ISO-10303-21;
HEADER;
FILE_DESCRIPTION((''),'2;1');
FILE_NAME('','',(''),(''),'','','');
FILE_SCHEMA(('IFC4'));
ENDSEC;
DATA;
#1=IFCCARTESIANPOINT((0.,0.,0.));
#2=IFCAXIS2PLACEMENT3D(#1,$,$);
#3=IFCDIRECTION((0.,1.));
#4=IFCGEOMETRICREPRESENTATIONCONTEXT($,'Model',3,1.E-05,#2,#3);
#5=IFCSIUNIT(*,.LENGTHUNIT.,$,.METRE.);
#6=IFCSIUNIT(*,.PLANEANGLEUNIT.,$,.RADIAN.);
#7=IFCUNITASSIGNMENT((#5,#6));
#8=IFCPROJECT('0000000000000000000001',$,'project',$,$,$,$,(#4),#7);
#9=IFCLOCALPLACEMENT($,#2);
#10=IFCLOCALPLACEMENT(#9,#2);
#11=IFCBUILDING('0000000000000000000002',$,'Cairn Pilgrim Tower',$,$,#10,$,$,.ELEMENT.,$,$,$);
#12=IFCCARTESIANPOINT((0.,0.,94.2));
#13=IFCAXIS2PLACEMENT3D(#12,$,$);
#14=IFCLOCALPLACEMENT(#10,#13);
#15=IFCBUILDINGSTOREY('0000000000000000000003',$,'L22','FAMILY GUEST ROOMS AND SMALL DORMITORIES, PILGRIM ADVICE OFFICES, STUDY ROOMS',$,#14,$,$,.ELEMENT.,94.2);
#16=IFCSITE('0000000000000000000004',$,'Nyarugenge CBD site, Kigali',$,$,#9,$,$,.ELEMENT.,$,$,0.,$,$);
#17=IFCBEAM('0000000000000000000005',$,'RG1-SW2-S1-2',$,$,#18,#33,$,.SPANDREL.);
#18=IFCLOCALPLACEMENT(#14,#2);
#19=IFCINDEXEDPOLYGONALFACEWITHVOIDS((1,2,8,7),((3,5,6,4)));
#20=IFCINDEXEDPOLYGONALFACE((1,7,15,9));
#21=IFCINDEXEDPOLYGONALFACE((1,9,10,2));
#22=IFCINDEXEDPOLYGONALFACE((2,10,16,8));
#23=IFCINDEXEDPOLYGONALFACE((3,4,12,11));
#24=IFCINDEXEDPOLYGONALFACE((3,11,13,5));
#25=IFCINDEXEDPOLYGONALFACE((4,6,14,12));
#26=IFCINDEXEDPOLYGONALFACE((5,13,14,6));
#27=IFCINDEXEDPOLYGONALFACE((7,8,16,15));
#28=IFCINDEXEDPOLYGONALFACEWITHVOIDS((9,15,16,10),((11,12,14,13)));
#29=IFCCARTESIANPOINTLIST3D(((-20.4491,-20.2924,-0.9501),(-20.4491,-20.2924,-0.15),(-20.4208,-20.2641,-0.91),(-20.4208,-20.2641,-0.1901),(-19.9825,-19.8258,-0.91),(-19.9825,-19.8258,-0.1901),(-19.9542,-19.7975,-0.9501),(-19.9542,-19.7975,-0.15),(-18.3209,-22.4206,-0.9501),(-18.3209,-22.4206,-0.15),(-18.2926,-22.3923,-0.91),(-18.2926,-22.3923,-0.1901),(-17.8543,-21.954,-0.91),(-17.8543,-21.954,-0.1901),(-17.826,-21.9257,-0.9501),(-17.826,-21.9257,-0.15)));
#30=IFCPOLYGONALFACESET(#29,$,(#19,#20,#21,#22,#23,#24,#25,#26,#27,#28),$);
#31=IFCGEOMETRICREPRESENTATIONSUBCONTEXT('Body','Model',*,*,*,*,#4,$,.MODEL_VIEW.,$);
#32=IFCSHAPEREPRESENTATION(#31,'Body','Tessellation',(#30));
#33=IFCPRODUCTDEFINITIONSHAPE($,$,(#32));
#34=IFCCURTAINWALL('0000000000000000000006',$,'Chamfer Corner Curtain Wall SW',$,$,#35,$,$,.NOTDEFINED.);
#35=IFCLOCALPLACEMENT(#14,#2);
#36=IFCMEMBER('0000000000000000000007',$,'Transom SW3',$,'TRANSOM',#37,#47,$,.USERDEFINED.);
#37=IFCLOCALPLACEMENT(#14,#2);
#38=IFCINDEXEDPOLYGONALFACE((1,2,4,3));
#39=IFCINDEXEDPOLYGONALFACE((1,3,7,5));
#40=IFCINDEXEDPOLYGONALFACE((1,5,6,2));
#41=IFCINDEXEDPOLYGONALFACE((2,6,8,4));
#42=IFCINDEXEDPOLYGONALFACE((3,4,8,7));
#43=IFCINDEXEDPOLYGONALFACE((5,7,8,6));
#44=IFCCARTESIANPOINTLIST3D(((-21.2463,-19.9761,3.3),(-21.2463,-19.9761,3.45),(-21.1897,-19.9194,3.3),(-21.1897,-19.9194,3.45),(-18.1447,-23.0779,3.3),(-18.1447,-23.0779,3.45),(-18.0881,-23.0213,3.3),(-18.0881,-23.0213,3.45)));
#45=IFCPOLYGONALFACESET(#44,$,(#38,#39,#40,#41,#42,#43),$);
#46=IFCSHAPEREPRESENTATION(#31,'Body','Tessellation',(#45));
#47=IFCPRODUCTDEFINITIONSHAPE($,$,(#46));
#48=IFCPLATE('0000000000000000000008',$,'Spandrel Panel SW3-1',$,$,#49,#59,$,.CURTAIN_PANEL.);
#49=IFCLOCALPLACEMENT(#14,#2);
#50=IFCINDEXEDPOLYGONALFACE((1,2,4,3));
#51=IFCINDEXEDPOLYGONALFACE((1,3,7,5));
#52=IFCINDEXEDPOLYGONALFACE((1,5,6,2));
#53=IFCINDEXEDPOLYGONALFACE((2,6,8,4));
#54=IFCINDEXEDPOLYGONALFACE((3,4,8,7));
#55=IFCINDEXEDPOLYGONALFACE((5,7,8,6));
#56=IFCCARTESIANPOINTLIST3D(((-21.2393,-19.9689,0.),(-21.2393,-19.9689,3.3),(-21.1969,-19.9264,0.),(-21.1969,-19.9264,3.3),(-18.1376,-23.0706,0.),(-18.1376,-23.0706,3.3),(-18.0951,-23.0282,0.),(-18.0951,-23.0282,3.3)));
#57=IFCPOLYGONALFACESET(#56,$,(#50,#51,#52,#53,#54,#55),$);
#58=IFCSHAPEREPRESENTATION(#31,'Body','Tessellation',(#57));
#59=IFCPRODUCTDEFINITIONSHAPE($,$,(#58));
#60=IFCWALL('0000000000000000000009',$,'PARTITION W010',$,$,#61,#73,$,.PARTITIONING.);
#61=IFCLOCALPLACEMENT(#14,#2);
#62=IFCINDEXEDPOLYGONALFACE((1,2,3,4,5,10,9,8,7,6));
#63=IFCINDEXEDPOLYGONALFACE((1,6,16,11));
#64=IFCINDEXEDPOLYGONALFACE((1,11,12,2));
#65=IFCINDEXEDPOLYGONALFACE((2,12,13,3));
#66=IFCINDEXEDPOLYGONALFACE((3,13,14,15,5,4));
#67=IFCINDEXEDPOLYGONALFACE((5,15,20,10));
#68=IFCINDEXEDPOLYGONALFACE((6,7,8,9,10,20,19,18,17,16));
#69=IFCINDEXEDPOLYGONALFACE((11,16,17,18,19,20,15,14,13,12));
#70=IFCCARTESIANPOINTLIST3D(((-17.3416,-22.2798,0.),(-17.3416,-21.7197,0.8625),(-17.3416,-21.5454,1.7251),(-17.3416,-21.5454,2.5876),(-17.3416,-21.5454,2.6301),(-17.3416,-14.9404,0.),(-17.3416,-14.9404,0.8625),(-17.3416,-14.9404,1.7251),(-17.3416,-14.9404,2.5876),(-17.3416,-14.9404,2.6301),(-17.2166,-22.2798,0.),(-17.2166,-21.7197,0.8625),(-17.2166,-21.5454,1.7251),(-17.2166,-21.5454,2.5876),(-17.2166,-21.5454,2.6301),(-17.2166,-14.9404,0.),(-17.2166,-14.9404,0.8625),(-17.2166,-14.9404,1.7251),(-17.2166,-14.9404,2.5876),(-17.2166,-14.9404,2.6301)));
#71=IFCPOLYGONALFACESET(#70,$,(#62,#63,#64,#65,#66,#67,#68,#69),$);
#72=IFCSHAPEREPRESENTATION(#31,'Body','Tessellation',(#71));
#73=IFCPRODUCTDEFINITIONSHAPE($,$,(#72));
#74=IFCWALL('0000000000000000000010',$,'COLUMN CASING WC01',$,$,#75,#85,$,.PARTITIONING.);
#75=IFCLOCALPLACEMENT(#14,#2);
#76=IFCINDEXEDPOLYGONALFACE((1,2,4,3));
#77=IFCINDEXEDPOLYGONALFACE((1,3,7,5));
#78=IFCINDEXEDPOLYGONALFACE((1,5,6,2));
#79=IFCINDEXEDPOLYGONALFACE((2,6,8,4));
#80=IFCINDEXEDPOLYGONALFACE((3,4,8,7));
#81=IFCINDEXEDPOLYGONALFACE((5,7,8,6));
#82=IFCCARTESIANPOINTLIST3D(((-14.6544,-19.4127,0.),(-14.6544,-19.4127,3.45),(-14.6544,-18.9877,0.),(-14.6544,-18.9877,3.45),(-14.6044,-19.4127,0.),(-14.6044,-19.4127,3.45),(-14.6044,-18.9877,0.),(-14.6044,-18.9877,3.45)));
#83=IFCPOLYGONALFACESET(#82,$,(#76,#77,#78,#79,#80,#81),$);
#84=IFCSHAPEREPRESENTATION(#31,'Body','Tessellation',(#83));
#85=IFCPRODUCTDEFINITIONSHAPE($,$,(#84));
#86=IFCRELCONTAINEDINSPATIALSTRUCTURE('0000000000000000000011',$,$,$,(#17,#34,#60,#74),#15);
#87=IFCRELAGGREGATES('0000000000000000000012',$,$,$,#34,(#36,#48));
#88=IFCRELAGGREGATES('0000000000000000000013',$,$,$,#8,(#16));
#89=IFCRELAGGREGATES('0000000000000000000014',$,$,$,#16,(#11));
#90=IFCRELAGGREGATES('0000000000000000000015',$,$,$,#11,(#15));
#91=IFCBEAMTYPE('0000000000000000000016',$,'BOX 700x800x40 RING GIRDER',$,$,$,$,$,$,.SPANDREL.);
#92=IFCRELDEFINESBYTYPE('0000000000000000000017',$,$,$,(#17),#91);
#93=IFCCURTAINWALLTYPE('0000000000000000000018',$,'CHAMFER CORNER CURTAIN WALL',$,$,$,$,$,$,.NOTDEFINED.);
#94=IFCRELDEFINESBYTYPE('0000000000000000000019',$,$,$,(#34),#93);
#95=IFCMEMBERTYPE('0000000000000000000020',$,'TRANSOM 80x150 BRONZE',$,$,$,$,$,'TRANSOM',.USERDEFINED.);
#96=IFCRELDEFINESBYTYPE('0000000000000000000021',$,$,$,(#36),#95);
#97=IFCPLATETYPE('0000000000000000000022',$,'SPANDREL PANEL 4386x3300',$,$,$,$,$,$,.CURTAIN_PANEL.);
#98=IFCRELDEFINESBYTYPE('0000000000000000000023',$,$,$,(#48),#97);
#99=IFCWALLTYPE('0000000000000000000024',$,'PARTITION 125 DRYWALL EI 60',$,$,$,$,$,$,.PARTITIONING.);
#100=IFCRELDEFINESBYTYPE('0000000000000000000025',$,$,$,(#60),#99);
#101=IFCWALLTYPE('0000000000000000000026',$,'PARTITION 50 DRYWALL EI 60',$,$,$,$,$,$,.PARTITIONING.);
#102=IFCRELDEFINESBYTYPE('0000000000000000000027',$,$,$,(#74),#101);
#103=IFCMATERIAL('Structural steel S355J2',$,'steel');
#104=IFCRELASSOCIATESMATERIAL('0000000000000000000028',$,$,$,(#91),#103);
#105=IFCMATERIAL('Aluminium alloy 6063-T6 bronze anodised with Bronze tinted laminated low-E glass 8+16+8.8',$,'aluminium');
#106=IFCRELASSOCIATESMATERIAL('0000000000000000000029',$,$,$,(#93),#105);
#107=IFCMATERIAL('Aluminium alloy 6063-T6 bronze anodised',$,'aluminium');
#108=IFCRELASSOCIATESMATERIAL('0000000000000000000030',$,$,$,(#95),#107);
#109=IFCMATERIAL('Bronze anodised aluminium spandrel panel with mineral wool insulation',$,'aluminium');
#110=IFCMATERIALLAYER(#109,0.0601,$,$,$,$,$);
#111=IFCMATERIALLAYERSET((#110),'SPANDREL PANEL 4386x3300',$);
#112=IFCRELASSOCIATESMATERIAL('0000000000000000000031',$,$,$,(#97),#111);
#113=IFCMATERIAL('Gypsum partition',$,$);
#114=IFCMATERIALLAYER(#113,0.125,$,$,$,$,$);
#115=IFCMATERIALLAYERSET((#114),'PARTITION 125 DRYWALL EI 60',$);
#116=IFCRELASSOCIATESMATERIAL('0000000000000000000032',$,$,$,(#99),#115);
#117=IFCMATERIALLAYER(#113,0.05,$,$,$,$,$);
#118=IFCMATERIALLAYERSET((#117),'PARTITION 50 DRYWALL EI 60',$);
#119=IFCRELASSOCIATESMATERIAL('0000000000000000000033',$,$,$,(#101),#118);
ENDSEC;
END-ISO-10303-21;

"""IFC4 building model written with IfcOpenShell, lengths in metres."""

from ifc_helpers import new_model, si_unit, direction, frame, frame_2d, origin, origin_2d, place, context, subcontext, project, spatial, polyline, rectangle, hollow_rectangle, outline, extrude, material, layer, layer_set, material_profile, profile_set, type_object, element, aggregate, save


model = new_model("IFC4")

# Units and contexts
model_context = context("Model", 3, precision=1e-05, world=origin(), true_north=direction((0.0, 1.0)))
body_context = subcontext(model_context, "Body", "Model", "MODEL_VIEW")
ifc_project = project(units=[si_unit("LENGTHUNIT", "METRE"), si_unit("PLANEANGLEUNIT", "RADIAN")], contexts=[model_context])

# Site, building, storey
site_placement = place(None, origin())
site = spatial("IfcSite", under=ifc_project, at=site_placement, Name="Nyarugenge CBD site, Kigali", CompositionType="ELEMENT", RefElevation=0.0)
building_placement = place(site_placement, origin())
building = spatial("IfcBuilding", under=site, at=building_placement, Name="Cairn Pilgrim Tower", CompositionType="ELEMENT")
storey_placement = place(building_placement, frame((0.0, 0.0, 94.2)))
storey = spatial("IfcBuildingStorey", under=building, at=storey_placement, Name="L22", Description="FAMILY GUEST ROOMS AND SMALL DORMITORIES, PILGRIM ADVICE OFFICES, STUDY ROOMS", CompositionType="ELEMENT", Elevation=94.2)

# Beam
ifc_material_1 = material(Name="Structural steel S355J2", Category="steel")
ifc_material_profile_1 = material_profile(ifc_material_1, hollow_rectangle(XDim=0.7, YDim=0.8, WallThickness=0.04, at=origin_2d()), Name="BOX 700x800x40")
ifc_profile_set_1 = profile_set([ifc_material_profile_1], Name="Structural steel S355J2")
beam_type = type_object("IfcBeamType", Name="BOX 700x800x40 RING GIRDER", PredefinedType="SPANDREL", material=ifc_profile_set_1)
beam_placement = place(storey_placement, frame((-20.2017, -20.0449, -0.55), z_axis=(0.707107, -0.707107, 0.0), x_axis=(0.707107, 0.707107, 0.0)))
element("IfcBeam", 1, at=beam_placement, inside=storey, type_object=beam_type, Name="RG1-SW2-S1-2", PredefinedType="SPANDREL", context=body_context, shape_type="SweptSolid", body=[
    extrude(hollow_rectangle(XDim=0.7, YDim=0.8, WallThickness=0.04, at=origin_2d()), origin(), (0.0, 0.0, 1.0), 3.0098),
])

# Curtain wall, member, plate
ifc_material_2 = material(Name="Aluminium alloy 6063-T6 bronze anodised with Bronze tinted laminated low-E glass 8+16+8.8", Category="aluminium")
curtain_wall_type = type_object("IfcCurtainWallType", Name="CHAMFER CORNER CURTAIN WALL", PredefinedType="NOTDEFINED", material=ifc_material_2)
curtain_wall_placement = place(storey_placement, origin())
curtain_wall = element("IfcCurtainWall", 2, at=curtain_wall_placement, inside=storey, type_object=curtain_wall_type, Name="Chamfer Corner Curtain Wall SW", PredefinedType="NOTDEFINED")
ifc_material_3 = material(Name="Aluminium alloy 6063-T6 bronze anodised", Category="aluminium")
ifc_material_profile_2 = material_profile(ifc_material_3, rectangle(XDim=0.0801, YDim=0.1499, at=origin_2d()), Name="TRANSOM 80x150 BRONZE")
ifc_profile_set_2 = profile_set([ifc_material_profile_2], Name="Aluminium alloy 6063-T6 bronze anodised")
member_type = type_object("IfcMemberType", Name="TRANSOM 80x150 BRONZE", ElementType="TRANSOM", PredefinedType="USERDEFINED", material=ifc_profile_set_2)
member_placement = place(storey_placement, frame((-21.218, -19.9478, 3.375), z_axis=(0.707079, -0.707135, 0.0), x_axis=(0.707135, 0.707079, 0.0)))
member = element("IfcMember", 3, at=member_placement, type_object=member_type, Name="Transom SW3", ObjectType="TRANSOM", PredefinedType="USERDEFINED", context=body_context, shape_type="SweptSolid", body=[
    extrude(rectangle(XDim=0.0801, YDim=0.1499, at=origin_2d()), origin(), (0.0, 0.0, 1.0), 4.3865),
])
ifc_material_4 = material(Name="Bronze anodised aluminium spandrel panel with mineral wool insulation", Category="aluminium")
ifc_layer_1 = layer(ifc_material_4, 0.0601)
ifc_layer_set_1 = layer_set([ifc_layer_1], Name="SPANDREL PANEL 4386x3300")
plate_type = type_object("IfcPlateType", Name="SPANDREL PANEL 4386x3300", PredefinedType="CURTAIN_PANEL", material=ifc_layer_set_1)
plate_placement = place(storey_placement, frame((-19.6672, -21.4985, 0.0), z_axis=(0.0, 0.0, 1.0), x_axis=(0.707107, -0.707107, 0.0)))
plate = element("IfcPlate", 4, at=plate_placement, type_object=plate_type, Name="Spandrel Panel SW3-1", PredefinedType="CURTAIN_PANEL", context=body_context, shape_type="SweptSolid", body=[
    extrude(rectangle(XDim=4.3865, YDim=0.0601, at=origin_2d()), origin(), (0.0, 0.0, 1.0), 3.3),
])
aggregate(curtain_wall, [member, plate])

# Wall
ifc_material_5 = material(Name="Gypsum partition")
ifc_layer_2 = layer(ifc_material_5, 0.125)
ifc_layer_set_2 = layer_set([ifc_layer_2], Name="PARTITION 125 DRYWALL EI 60")
wall_type_1 = type_object("IfcWallType", Name="PARTITION 125 DRYWALL EI 60", PredefinedType="PARTITIONING", material=ifc_layer_set_2)
wall_1_placement = place(storey_placement, frame((-17.2791, -22.2798, 0.0), z_axis=(0.0, 0.0, 1.0), x_axis=(0.0, 1.0, 0.0)))
element("IfcWall", 5, at=wall_1_placement, inside=storey, type_object=wall_type_1, Name="PARTITION W010", PredefinedType="PARTITIONING", context=body_context, shape_type="SweptSolid", body=[
    extrude(outline(polyline([(0.0, 0.0), (7.3394, 0.0), (7.3394, 0.8625), (7.3394, 1.7251), (7.3394, 2.5876), (7.3394, 2.6301), (0.7344, 2.6301), (0.7344, 2.5876), (0.7344, 1.7251), (0.5601, 0.8625), (0.0, 0.0)])), frame((0.0, 0.0625, 0.0), z_axis=(0.0, -1.0, 0.0), x_axis=(1.0, 0.0, 0.0)), (0.0, 0.0, 1.0), 0.125),
])

# Wall
ifc_layer_3 = layer(ifc_material_5, 0.05)
ifc_layer_set_3 = layer_set([ifc_layer_3], Name="PARTITION 50 DRYWALL EI 60")
wall_type_2 = type_object("IfcWallType", Name="PARTITION 50 DRYWALL EI 60", PredefinedType="PARTITIONING", material=ifc_layer_set_3)
wall_2_placement = place(storey_placement, frame((-14.6294, -19.4126, 0.0), z_axis=(0.0, 0.0, 1.0), x_axis=(0.0, 1.0, 0.0)))
element("IfcWall", 6, at=wall_2_placement, inside=storey, type_object=wall_type_2, Name="COLUMN CASING WC01", PredefinedType="PARTITIONING", context=body_context, shape_type="SweptSolid", body=[
    extrude(rectangle(XDim=0.425, YDim=0.05, at=frame_2d((0.2124, 0.0))), origin(), (0.0, 0.0, 1.0), 3.45),
])

save(model, "model.ifc")
